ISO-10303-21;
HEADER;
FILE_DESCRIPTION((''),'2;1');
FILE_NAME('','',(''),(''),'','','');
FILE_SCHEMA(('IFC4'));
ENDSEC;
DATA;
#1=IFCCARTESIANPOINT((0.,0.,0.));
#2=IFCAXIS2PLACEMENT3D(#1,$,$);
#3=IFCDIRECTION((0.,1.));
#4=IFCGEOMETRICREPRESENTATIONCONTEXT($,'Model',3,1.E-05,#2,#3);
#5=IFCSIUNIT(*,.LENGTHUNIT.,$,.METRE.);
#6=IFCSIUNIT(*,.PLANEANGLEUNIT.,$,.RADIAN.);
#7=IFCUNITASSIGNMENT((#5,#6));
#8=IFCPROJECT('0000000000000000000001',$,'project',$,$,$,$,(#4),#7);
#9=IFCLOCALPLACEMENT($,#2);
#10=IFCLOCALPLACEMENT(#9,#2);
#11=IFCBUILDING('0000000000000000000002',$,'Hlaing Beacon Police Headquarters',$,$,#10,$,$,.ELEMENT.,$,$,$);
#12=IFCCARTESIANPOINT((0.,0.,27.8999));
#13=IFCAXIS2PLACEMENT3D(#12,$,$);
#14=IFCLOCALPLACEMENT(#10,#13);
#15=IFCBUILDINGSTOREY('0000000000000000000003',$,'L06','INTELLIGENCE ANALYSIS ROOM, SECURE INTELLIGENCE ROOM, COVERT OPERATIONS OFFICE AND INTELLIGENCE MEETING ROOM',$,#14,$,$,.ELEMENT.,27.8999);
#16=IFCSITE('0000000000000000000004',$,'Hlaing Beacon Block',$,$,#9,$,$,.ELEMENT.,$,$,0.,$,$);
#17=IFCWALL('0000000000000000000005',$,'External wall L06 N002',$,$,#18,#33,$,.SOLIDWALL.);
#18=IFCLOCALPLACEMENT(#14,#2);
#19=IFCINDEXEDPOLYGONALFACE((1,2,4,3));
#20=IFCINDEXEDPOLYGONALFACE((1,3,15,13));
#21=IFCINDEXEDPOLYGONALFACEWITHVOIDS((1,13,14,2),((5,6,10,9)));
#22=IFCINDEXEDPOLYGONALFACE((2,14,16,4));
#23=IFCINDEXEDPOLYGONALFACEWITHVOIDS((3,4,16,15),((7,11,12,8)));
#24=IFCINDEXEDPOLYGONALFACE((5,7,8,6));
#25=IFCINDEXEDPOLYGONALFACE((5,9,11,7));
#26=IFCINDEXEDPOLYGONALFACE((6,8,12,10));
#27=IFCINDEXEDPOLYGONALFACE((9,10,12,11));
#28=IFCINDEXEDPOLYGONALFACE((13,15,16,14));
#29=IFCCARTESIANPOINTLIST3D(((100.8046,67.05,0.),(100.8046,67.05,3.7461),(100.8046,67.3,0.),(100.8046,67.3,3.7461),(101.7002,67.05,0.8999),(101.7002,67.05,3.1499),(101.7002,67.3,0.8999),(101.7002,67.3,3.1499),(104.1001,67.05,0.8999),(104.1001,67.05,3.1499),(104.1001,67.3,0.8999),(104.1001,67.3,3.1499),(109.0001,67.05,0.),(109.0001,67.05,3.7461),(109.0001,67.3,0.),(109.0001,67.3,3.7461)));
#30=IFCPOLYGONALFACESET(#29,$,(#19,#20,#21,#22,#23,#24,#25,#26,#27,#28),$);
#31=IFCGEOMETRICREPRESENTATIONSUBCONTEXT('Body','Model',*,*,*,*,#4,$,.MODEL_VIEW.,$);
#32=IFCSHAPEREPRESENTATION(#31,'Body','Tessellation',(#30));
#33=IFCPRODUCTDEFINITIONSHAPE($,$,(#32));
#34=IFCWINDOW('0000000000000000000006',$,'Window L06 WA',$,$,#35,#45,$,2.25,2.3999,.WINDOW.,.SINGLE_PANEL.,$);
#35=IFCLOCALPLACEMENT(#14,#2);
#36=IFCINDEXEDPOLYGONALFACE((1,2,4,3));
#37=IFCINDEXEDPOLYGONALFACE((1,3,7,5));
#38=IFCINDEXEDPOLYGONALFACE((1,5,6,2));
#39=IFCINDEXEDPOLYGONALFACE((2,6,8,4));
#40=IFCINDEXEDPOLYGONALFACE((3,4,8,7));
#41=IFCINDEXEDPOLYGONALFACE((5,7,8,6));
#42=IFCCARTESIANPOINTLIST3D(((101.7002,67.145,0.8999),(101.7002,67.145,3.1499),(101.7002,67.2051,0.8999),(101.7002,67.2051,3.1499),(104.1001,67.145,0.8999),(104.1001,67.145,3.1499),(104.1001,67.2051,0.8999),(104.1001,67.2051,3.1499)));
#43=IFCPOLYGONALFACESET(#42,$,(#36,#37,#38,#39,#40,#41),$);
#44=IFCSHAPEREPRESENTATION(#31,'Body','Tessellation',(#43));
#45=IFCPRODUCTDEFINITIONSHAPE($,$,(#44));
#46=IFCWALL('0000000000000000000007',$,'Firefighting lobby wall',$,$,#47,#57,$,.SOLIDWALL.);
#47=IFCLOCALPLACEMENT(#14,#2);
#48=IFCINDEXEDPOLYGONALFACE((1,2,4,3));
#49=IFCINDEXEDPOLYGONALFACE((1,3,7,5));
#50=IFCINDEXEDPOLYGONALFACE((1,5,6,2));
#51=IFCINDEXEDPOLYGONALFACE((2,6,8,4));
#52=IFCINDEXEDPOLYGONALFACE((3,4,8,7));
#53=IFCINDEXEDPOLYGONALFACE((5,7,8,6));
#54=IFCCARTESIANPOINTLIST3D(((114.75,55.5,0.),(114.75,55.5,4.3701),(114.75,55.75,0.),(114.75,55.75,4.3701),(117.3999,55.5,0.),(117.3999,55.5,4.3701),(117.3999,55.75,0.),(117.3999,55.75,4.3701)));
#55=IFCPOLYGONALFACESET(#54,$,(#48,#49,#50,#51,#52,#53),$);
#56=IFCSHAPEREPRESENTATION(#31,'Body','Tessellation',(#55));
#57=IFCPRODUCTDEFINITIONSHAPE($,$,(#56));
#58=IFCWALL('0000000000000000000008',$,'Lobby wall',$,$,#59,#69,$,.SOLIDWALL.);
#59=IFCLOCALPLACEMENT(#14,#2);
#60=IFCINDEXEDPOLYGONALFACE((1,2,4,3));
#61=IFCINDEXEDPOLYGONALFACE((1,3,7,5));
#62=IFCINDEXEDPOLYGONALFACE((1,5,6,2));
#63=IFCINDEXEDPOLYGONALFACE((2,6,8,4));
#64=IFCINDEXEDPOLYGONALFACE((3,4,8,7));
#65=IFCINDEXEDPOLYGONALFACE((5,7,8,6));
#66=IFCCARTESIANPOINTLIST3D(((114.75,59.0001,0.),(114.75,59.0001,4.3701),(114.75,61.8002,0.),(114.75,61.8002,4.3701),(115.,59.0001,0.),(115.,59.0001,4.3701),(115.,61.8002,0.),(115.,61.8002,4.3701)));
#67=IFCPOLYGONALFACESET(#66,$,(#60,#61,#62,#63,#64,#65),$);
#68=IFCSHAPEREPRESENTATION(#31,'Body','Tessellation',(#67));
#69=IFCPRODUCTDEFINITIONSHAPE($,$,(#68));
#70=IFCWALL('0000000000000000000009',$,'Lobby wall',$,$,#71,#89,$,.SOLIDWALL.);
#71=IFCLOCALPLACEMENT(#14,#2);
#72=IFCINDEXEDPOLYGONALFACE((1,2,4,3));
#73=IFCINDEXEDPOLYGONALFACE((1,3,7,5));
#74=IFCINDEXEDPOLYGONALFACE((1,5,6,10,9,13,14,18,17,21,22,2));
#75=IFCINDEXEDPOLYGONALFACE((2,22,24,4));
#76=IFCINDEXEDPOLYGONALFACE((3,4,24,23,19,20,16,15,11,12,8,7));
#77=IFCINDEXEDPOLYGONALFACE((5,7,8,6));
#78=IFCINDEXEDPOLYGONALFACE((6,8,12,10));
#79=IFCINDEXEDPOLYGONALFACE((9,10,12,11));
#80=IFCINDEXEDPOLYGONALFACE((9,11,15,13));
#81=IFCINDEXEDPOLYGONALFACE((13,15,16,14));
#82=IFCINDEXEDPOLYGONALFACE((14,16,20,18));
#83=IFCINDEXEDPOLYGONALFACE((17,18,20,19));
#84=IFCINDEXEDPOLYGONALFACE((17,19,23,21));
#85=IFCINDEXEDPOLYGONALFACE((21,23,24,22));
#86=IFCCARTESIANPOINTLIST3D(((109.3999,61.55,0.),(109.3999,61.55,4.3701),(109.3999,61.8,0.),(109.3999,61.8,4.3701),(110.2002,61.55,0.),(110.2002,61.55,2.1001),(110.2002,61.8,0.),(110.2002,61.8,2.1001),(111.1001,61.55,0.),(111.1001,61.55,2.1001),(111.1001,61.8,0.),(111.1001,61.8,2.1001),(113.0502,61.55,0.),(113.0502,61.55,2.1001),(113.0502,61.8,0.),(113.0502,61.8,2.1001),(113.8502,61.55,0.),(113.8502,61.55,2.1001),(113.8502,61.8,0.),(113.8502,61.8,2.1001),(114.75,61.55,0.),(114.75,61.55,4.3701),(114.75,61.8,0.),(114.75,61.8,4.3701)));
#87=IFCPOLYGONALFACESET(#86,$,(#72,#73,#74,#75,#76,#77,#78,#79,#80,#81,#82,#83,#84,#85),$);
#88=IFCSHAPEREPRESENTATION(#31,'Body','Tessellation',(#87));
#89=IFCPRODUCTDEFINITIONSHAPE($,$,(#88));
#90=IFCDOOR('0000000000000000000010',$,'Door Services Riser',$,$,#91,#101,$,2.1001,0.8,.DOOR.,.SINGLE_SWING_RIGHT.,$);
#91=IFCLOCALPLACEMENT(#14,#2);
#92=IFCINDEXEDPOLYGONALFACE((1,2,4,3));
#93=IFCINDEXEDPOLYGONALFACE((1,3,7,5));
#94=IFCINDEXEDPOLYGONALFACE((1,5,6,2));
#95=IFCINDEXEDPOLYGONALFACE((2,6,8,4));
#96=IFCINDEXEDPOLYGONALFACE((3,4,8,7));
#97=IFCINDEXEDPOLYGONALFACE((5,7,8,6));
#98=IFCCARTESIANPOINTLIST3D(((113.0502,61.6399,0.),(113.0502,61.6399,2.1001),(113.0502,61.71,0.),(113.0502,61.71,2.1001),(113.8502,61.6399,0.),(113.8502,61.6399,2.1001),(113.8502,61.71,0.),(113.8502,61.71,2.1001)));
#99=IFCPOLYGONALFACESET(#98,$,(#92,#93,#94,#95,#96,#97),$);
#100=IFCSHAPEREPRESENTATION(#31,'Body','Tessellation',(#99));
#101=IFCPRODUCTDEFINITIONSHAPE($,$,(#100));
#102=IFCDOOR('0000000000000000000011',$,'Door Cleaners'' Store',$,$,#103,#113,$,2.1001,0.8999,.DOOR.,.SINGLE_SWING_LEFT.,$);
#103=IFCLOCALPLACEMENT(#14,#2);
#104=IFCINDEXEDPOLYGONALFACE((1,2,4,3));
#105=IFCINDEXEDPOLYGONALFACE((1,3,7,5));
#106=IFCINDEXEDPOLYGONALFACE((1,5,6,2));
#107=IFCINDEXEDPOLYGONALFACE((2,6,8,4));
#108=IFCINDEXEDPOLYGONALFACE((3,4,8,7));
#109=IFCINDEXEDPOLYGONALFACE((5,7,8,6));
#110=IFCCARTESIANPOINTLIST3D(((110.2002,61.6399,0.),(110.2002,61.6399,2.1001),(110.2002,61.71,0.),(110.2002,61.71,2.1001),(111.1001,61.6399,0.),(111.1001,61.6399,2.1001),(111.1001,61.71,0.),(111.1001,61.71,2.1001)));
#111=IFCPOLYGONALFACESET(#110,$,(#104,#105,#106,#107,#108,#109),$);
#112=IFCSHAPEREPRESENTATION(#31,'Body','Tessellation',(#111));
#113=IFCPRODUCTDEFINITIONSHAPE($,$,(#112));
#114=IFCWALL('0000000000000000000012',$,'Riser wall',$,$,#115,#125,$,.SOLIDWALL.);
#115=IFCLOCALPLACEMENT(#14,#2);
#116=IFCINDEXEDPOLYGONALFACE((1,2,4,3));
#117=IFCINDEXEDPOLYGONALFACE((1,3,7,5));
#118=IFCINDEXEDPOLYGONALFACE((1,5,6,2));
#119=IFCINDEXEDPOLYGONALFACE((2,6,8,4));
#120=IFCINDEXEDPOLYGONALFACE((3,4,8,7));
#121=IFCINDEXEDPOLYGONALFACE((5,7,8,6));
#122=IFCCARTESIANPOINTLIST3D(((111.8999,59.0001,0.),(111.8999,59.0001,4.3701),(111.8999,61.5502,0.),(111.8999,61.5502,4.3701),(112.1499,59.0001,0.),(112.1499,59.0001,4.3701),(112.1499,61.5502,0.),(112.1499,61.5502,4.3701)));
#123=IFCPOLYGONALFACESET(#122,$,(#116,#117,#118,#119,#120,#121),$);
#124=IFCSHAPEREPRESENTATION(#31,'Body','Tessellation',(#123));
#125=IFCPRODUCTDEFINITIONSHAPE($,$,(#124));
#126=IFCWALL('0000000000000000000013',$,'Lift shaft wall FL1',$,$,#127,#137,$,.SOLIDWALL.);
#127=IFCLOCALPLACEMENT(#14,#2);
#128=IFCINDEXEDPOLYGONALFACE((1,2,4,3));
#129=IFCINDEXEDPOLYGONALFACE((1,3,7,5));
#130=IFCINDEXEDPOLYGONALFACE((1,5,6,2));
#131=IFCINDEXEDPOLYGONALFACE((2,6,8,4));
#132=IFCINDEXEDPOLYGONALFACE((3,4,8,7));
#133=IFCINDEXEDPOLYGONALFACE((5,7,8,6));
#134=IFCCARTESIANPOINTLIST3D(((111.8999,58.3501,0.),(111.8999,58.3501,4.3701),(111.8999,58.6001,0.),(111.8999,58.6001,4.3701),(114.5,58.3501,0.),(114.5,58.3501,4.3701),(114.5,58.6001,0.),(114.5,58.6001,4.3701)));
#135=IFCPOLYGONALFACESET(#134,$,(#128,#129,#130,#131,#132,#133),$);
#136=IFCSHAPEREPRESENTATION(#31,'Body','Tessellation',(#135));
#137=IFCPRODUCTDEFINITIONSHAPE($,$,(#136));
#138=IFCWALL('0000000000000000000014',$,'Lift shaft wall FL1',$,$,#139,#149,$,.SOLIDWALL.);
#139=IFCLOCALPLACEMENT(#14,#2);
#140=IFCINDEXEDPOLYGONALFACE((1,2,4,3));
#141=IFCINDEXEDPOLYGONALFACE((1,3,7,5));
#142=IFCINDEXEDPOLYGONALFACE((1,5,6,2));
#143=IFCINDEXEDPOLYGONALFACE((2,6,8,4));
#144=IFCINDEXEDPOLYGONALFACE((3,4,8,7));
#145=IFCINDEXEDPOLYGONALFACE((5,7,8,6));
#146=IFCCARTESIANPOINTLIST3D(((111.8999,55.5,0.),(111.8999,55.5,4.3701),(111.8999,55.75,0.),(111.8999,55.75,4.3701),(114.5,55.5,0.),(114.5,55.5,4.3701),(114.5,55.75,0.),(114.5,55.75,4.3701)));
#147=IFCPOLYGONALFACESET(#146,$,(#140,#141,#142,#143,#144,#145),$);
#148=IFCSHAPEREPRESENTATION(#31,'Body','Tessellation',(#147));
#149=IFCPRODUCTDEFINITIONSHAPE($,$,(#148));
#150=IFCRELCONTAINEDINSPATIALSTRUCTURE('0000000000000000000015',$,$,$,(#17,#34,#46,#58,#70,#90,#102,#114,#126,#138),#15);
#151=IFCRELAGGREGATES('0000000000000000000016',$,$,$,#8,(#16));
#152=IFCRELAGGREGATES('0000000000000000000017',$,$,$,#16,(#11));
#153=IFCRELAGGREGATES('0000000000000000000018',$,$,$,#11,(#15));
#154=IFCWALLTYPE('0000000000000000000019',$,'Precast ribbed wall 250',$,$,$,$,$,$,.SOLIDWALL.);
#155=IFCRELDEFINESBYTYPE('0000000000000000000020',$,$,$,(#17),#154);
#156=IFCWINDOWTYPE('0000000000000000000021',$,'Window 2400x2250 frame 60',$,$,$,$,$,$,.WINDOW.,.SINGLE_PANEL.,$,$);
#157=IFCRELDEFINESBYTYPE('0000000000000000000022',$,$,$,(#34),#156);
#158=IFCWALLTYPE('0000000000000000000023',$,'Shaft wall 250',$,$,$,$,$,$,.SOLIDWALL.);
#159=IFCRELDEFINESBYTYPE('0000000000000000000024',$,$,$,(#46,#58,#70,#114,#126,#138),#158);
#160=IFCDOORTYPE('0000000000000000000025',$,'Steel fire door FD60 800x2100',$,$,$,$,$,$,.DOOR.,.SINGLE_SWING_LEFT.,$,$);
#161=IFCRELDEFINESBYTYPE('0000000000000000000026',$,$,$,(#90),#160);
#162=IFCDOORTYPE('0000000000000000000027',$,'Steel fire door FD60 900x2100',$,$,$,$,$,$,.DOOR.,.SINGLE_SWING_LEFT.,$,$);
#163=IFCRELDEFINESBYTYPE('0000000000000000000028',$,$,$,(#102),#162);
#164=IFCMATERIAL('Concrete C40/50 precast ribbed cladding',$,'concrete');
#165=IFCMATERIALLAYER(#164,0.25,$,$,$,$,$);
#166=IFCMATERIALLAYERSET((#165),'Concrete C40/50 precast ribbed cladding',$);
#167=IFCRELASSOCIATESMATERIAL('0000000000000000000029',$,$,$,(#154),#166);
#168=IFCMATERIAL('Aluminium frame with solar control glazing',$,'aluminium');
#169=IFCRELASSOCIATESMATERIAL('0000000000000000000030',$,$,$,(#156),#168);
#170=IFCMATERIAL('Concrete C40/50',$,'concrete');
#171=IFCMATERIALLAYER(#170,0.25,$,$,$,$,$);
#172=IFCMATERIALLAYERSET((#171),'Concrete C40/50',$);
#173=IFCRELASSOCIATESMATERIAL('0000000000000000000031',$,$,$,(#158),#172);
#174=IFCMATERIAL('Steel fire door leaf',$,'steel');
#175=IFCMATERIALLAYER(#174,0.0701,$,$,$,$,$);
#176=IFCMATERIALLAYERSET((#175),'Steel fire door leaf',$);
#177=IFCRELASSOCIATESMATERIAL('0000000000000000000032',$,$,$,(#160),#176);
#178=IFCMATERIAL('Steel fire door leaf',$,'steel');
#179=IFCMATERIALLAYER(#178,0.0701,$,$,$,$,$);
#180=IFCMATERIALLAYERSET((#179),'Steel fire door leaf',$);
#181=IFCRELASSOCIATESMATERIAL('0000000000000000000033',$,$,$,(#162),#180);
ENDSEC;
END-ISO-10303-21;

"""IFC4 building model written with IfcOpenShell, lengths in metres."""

from ifc_helpers import new_model, si_unit, direction, frame, frame_2d, origin, place, context, subcontext, project, spatial, rectangle, extrude, material, layer, layer_set, type_object, element, fill, save


model = new_model("IFC4")

# Units and contexts
model_context = context("Model", 3, precision=1e-05, world=origin(), true_north=direction((0.0, 1.0)))
body_context = subcontext(model_context, "Body", "Model", "MODEL_VIEW")
ifc_project = project(units=[si_unit("LENGTHUNIT", "METRE"), si_unit("PLANEANGLEUNIT", "RADIAN")], contexts=[model_context])

# Site, building, storey
site_placement = place(None, origin())
site = spatial("IfcSite", under=ifc_project, at=site_placement, Name="Hlaing Beacon Block", CompositionType="ELEMENT", RefElevation=0.0)
building_placement = place(site_placement, origin())
building = spatial("IfcBuilding", under=site, at=building_placement, Name="Hlaing Beacon Police Headquarters", CompositionType="ELEMENT")
storey_placement = place(building_placement, frame((0.0, 0.0, 27.8999)))
storey = spatial("IfcBuildingStorey", under=building, at=storey_placement, Name="L06", Description="INTELLIGENCE ANALYSIS ROOM, SECURE INTELLIGENCE ROOM, COVERT OPERATIONS OFFICE AND INTELLIGENCE MEETING ROOM", CompositionType="ELEMENT", Elevation=27.8999)

# Wall, opening, window
ifc_material_1 = material(Name="Concrete C40/50 precast ribbed cladding", Category="concrete")
ifc_layer_1 = layer(ifc_material_1, 0.25)
ifc_layer_set_1 = layer_set([ifc_layer_1], Name="Concrete C40/50 precast ribbed cladding")
wall_type_1 = type_object("IfcWallType", Name="Precast ribbed wall 250", PredefinedType="SOLIDWALL", material=ifc_layer_set_1)
wall_1_placement = place(storey_placement, frame((109.0, 67.175, 0.0), z_axis=(0.0, 0.0, 1.0), x_axis=(-1.0, 0.0, 0.0)))
wall_1 = element("IfcWall", 1, at=wall_1_placement, inside=storey, type_object=wall_type_1, Name="External wall L06 N002", PredefinedType="SOLIDWALL", context=body_context, shape_type="SweptSolid", body=[
    extrude(rectangle(XDim=8.1956, YDim=0.25, at=frame_2d((4.0977, 0.0))), origin(), (0.0, 0.0, 1.0), 3.7461),
])
opening_1_placement = place(wall_1_placement, frame((4.8999, 0.0, 0.8999)))
opening_1 = element("IfcOpeningElement", 2, at=opening_1_placement, cuts=wall_1, PredefinedType="OPENING", context=body_context, shape_type="SweptSolid", body=[
    extrude(rectangle(XDim=2.3999, YDim=2.25, at=frame_2d((1.2, 1.125))), frame((0.0, 0.135, 0.0), z_axis=(0.0, -1.0, 0.0), x_axis=(1.0, 0.0, 0.0)), (0.0, 0.0, 1.0), 0.27),
])
ifc_material_2 = material(Name="Aluminium frame with solar control glazing", Category="aluminium")
window_type = type_object("IfcWindowType", Name="Window 2400x2250 frame 60", PartitioningType="SINGLE_PANEL", PredefinedType="WINDOW", material=ifc_material_2)
window_placement = place(opening_1_placement, origin())
window = element("IfcWindow", 3, at=window_placement, inside=storey, type_object=window_type, Name="Window L06 WA", OverallHeight=2.25, OverallWidth=2.3999, PartitioningType="SINGLE_PANEL", PredefinedType="WINDOW", context=body_context, shape_type="SweptSolid", body=[
    extrude(rectangle(XDim=2.3999, YDim=2.25, at=frame_2d((1.2, 1.125))), frame((0.0, 0.03, 0.0), z_axis=(0.0, -1.0, 0.0), x_axis=(1.0, 0.0, 0.0)), (0.0, 0.0, 1.0), 0.0601),
])
fill(opening_1, window)

# Walls
ifc_material_3 = material(Name="Concrete C40/50", Category="concrete")
ifc_layer_2 = layer(ifc_material_3, 0.25)
ifc_layer_set_2 = layer_set([ifc_layer_2], Name="Concrete C40/50")
wall_type_2 = type_object("IfcWallType", Name="Shaft wall 250", PredefinedType="SOLIDWALL", material=ifc_layer_set_2)
wall_2_placement = place(storey_placement, frame((114.75, 55.625, 0.0), z_axis=(0.0, 0.0, 1.0), x_axis=(1.0, 0.0, 0.0)))
element("IfcWall", 4, at=wall_2_placement, inside=storey, type_object=wall_type_2, Name="Firefighting lobby wall", PredefinedType="SOLIDWALL", context=body_context, shape_type="SweptSolid", body=[
    extrude(rectangle(XDim=2.6499, YDim=0.25, at=frame_2d((1.325, 0.0))), origin(), (0.0, 0.0, 1.0), 4.3701),
])
wall_3_placement = place(storey_placement, frame((114.875, 61.8, 0.0), z_axis=(0.0, 0.0, 1.0), x_axis=(0.0, -1.0, 0.0)))
element("IfcWall", 5, at=wall_3_placement, inside=storey, type_object=wall_type_2, Name="Lobby wall", PredefinedType="SOLIDWALL", context=body_context, shape_type="SweptSolid", body=[
    extrude(rectangle(XDim=2.8, YDim=0.25, at=frame_2d((1.3999, 0.0))), origin(), (0.0, 0.0, 1.0), 4.3701),
])

# Wall, openings, doors
wall_4_placement = place(storey_placement, frame((114.75, 61.675, 0.0), z_axis=(0.0, 0.0, 1.0), x_axis=(-1.0, 0.0, 0.0)))
wall_4 = element("IfcWall", 6, at=wall_4_placement, inside=storey, type_object=wall_type_2, Name="Lobby wall", PredefinedType="SOLIDWALL", context=body_context, shape_type="SweptSolid", body=[
    extrude(rectangle(XDim=5.3501, YDim=0.25, at=frame_2d((2.675, 0.0))), origin(), (0.0, 0.0, 1.0), 4.3701),
])
opening_2_placement = place(wall_4_placement, frame((3.6499, 0.0, 0.0)))
opening_2 = element("IfcOpeningElement", 7, at=opening_2_placement, cuts=wall_4, PredefinedType="OPENING", context=body_context, shape_type="SweptSolid", body=[
    extrude(rectangle(XDim=0.8999, YDim=2.1001, at=frame_2d((0.45, 1.05))), frame((0.0, 0.135, 0.0), z_axis=(0.0, -1.0, 0.0), x_axis=(1.0, 0.0, 0.0)), (0.0, 0.0, 1.0), 0.27),
])
opening_3_placement = place(wall_4_placement, frame((0.8999, 0.0, 0.0)))
opening_3 = element("IfcOpeningElement", 8, at=opening_3_placement, cuts=wall_4, PredefinedType="OPENING", context=body_context, shape_type="SweptSolid", body=[
    extrude(rectangle(XDim=0.8, YDim=2.1001, at=frame_2d((0.3999, 1.05))), frame((0.0, 0.135, 0.0), z_axis=(0.0, -1.0, 0.0), x_axis=(1.0, 0.0, 0.0)), (0.0, 0.0, 1.0), 0.27),
])
ifc_material_4 = material(Name="Steel fire door leaf", Category="steel")
ifc_layer_3 = layer(ifc_material_4, 0.0701)
ifc_layer_set_3 = layer_set([ifc_layer_3], Name="Steel fire door leaf")
door_type_1 = type_object("IfcDoorType", Name="Steel fire door FD60 800x2100", OperationType="SINGLE_SWING_LEFT", PredefinedType="DOOR", material=ifc_layer_set_3)
door_1_placement = place(opening_3_placement, origin())
door_1 = element("IfcDoor", 9, at=door_1_placement, inside=storey, type_object=door_type_1, Name="Door Services Riser", OperationType="SINGLE_SWING_RIGHT", OverallHeight=2.1001, OverallWidth=0.8, PredefinedType="DOOR", context=body_context, shape_type="SweptSolid", body=[
    extrude(rectangle(XDim=0.8, YDim=2.1001, at=frame_2d((0.3999, 1.05))), frame((0.0, 0.0352, 0.0), z_axis=(0.0, -1.0, 0.0), x_axis=(1.0, 0.0, 0.0)), (0.0, 0.0, 1.0), 0.0701),
])
fill(opening_3, door_1)
ifc_material_5 = material(Name="Steel fire door leaf", Category="steel")
ifc_layer_4 = layer(ifc_material_5, 0.0701)
ifc_layer_set_4 = layer_set([ifc_layer_4], Name="Steel fire door leaf")
door_type_2 = type_object("IfcDoorType", Name="Steel fire door FD60 900x2100", OperationType="SINGLE_SWING_LEFT", PredefinedType="DOOR", material=ifc_layer_set_4)
door_2_placement = place(opening_2_placement, origin())
door_2 = element("IfcDoor", 10, at=door_2_placement, inside=storey, type_object=door_type_2, Name="Door Cleaners' Store", OperationType="SINGLE_SWING_LEFT", OverallHeight=2.1001, OverallWidth=0.8999, PredefinedType="DOOR", context=body_context, shape_type="SweptSolid", body=[
    extrude(rectangle(XDim=0.8999, YDim=2.1001, at=frame_2d((0.45, 1.05))), frame((0.0, 0.0352, 0.0), z_axis=(0.0, -1.0, 0.0), x_axis=(1.0, 0.0, 0.0)), (0.0, 0.0, 1.0), 0.0701),
])
fill(opening_2, door_2)

# Walls
wall_5_placement = place(storey_placement, frame((112.0249, 61.55, 0.0), z_axis=(0.0, 0.0, 1.0), x_axis=(0.0, -1.0, 0.0)))
element("IfcWall", 11, at=wall_5_placement, inside=storey, type_object=wall_type_2, Name="Riser wall", PredefinedType="SOLIDWALL", context=body_context, shape_type="SweptSolid", body=[
    extrude(rectangle(XDim=2.55, YDim=0.25, at=frame_2d((1.2749, 0.0))), origin(), (0.0, 0.0, 1.0), 4.3701),
])
for number, where, z_axis, x_axis, name in (
    (12, (111.8999, 58.4751, 0.0), (0.0, 0.0, 1.0), (1.0, 0.0, 0.0), "Lift shaft wall FL1"),
    (13, (111.8999, 55.625, 0.0), (0.0, 0.0, 1.0), (1.0, 0.0, 0.0), "Lift shaft wall FL1"),
):
    element("IfcWall", number, at=place(storey_placement, frame(where, z_axis=z_axis, x_axis=x_axis)), inside=storey, type_object=wall_type_2, Name=name, PredefinedType="SOLIDWALL", context=body_context, shape_type="SweptSolid", body=[
        extrude(rectangle(XDim=2.6001, YDim=0.25, at=frame_2d((1.3, 0.0))), origin(), (0.0, 0.0, 1.0), 4.3701),
    ])

save(model, "model.ifc")
